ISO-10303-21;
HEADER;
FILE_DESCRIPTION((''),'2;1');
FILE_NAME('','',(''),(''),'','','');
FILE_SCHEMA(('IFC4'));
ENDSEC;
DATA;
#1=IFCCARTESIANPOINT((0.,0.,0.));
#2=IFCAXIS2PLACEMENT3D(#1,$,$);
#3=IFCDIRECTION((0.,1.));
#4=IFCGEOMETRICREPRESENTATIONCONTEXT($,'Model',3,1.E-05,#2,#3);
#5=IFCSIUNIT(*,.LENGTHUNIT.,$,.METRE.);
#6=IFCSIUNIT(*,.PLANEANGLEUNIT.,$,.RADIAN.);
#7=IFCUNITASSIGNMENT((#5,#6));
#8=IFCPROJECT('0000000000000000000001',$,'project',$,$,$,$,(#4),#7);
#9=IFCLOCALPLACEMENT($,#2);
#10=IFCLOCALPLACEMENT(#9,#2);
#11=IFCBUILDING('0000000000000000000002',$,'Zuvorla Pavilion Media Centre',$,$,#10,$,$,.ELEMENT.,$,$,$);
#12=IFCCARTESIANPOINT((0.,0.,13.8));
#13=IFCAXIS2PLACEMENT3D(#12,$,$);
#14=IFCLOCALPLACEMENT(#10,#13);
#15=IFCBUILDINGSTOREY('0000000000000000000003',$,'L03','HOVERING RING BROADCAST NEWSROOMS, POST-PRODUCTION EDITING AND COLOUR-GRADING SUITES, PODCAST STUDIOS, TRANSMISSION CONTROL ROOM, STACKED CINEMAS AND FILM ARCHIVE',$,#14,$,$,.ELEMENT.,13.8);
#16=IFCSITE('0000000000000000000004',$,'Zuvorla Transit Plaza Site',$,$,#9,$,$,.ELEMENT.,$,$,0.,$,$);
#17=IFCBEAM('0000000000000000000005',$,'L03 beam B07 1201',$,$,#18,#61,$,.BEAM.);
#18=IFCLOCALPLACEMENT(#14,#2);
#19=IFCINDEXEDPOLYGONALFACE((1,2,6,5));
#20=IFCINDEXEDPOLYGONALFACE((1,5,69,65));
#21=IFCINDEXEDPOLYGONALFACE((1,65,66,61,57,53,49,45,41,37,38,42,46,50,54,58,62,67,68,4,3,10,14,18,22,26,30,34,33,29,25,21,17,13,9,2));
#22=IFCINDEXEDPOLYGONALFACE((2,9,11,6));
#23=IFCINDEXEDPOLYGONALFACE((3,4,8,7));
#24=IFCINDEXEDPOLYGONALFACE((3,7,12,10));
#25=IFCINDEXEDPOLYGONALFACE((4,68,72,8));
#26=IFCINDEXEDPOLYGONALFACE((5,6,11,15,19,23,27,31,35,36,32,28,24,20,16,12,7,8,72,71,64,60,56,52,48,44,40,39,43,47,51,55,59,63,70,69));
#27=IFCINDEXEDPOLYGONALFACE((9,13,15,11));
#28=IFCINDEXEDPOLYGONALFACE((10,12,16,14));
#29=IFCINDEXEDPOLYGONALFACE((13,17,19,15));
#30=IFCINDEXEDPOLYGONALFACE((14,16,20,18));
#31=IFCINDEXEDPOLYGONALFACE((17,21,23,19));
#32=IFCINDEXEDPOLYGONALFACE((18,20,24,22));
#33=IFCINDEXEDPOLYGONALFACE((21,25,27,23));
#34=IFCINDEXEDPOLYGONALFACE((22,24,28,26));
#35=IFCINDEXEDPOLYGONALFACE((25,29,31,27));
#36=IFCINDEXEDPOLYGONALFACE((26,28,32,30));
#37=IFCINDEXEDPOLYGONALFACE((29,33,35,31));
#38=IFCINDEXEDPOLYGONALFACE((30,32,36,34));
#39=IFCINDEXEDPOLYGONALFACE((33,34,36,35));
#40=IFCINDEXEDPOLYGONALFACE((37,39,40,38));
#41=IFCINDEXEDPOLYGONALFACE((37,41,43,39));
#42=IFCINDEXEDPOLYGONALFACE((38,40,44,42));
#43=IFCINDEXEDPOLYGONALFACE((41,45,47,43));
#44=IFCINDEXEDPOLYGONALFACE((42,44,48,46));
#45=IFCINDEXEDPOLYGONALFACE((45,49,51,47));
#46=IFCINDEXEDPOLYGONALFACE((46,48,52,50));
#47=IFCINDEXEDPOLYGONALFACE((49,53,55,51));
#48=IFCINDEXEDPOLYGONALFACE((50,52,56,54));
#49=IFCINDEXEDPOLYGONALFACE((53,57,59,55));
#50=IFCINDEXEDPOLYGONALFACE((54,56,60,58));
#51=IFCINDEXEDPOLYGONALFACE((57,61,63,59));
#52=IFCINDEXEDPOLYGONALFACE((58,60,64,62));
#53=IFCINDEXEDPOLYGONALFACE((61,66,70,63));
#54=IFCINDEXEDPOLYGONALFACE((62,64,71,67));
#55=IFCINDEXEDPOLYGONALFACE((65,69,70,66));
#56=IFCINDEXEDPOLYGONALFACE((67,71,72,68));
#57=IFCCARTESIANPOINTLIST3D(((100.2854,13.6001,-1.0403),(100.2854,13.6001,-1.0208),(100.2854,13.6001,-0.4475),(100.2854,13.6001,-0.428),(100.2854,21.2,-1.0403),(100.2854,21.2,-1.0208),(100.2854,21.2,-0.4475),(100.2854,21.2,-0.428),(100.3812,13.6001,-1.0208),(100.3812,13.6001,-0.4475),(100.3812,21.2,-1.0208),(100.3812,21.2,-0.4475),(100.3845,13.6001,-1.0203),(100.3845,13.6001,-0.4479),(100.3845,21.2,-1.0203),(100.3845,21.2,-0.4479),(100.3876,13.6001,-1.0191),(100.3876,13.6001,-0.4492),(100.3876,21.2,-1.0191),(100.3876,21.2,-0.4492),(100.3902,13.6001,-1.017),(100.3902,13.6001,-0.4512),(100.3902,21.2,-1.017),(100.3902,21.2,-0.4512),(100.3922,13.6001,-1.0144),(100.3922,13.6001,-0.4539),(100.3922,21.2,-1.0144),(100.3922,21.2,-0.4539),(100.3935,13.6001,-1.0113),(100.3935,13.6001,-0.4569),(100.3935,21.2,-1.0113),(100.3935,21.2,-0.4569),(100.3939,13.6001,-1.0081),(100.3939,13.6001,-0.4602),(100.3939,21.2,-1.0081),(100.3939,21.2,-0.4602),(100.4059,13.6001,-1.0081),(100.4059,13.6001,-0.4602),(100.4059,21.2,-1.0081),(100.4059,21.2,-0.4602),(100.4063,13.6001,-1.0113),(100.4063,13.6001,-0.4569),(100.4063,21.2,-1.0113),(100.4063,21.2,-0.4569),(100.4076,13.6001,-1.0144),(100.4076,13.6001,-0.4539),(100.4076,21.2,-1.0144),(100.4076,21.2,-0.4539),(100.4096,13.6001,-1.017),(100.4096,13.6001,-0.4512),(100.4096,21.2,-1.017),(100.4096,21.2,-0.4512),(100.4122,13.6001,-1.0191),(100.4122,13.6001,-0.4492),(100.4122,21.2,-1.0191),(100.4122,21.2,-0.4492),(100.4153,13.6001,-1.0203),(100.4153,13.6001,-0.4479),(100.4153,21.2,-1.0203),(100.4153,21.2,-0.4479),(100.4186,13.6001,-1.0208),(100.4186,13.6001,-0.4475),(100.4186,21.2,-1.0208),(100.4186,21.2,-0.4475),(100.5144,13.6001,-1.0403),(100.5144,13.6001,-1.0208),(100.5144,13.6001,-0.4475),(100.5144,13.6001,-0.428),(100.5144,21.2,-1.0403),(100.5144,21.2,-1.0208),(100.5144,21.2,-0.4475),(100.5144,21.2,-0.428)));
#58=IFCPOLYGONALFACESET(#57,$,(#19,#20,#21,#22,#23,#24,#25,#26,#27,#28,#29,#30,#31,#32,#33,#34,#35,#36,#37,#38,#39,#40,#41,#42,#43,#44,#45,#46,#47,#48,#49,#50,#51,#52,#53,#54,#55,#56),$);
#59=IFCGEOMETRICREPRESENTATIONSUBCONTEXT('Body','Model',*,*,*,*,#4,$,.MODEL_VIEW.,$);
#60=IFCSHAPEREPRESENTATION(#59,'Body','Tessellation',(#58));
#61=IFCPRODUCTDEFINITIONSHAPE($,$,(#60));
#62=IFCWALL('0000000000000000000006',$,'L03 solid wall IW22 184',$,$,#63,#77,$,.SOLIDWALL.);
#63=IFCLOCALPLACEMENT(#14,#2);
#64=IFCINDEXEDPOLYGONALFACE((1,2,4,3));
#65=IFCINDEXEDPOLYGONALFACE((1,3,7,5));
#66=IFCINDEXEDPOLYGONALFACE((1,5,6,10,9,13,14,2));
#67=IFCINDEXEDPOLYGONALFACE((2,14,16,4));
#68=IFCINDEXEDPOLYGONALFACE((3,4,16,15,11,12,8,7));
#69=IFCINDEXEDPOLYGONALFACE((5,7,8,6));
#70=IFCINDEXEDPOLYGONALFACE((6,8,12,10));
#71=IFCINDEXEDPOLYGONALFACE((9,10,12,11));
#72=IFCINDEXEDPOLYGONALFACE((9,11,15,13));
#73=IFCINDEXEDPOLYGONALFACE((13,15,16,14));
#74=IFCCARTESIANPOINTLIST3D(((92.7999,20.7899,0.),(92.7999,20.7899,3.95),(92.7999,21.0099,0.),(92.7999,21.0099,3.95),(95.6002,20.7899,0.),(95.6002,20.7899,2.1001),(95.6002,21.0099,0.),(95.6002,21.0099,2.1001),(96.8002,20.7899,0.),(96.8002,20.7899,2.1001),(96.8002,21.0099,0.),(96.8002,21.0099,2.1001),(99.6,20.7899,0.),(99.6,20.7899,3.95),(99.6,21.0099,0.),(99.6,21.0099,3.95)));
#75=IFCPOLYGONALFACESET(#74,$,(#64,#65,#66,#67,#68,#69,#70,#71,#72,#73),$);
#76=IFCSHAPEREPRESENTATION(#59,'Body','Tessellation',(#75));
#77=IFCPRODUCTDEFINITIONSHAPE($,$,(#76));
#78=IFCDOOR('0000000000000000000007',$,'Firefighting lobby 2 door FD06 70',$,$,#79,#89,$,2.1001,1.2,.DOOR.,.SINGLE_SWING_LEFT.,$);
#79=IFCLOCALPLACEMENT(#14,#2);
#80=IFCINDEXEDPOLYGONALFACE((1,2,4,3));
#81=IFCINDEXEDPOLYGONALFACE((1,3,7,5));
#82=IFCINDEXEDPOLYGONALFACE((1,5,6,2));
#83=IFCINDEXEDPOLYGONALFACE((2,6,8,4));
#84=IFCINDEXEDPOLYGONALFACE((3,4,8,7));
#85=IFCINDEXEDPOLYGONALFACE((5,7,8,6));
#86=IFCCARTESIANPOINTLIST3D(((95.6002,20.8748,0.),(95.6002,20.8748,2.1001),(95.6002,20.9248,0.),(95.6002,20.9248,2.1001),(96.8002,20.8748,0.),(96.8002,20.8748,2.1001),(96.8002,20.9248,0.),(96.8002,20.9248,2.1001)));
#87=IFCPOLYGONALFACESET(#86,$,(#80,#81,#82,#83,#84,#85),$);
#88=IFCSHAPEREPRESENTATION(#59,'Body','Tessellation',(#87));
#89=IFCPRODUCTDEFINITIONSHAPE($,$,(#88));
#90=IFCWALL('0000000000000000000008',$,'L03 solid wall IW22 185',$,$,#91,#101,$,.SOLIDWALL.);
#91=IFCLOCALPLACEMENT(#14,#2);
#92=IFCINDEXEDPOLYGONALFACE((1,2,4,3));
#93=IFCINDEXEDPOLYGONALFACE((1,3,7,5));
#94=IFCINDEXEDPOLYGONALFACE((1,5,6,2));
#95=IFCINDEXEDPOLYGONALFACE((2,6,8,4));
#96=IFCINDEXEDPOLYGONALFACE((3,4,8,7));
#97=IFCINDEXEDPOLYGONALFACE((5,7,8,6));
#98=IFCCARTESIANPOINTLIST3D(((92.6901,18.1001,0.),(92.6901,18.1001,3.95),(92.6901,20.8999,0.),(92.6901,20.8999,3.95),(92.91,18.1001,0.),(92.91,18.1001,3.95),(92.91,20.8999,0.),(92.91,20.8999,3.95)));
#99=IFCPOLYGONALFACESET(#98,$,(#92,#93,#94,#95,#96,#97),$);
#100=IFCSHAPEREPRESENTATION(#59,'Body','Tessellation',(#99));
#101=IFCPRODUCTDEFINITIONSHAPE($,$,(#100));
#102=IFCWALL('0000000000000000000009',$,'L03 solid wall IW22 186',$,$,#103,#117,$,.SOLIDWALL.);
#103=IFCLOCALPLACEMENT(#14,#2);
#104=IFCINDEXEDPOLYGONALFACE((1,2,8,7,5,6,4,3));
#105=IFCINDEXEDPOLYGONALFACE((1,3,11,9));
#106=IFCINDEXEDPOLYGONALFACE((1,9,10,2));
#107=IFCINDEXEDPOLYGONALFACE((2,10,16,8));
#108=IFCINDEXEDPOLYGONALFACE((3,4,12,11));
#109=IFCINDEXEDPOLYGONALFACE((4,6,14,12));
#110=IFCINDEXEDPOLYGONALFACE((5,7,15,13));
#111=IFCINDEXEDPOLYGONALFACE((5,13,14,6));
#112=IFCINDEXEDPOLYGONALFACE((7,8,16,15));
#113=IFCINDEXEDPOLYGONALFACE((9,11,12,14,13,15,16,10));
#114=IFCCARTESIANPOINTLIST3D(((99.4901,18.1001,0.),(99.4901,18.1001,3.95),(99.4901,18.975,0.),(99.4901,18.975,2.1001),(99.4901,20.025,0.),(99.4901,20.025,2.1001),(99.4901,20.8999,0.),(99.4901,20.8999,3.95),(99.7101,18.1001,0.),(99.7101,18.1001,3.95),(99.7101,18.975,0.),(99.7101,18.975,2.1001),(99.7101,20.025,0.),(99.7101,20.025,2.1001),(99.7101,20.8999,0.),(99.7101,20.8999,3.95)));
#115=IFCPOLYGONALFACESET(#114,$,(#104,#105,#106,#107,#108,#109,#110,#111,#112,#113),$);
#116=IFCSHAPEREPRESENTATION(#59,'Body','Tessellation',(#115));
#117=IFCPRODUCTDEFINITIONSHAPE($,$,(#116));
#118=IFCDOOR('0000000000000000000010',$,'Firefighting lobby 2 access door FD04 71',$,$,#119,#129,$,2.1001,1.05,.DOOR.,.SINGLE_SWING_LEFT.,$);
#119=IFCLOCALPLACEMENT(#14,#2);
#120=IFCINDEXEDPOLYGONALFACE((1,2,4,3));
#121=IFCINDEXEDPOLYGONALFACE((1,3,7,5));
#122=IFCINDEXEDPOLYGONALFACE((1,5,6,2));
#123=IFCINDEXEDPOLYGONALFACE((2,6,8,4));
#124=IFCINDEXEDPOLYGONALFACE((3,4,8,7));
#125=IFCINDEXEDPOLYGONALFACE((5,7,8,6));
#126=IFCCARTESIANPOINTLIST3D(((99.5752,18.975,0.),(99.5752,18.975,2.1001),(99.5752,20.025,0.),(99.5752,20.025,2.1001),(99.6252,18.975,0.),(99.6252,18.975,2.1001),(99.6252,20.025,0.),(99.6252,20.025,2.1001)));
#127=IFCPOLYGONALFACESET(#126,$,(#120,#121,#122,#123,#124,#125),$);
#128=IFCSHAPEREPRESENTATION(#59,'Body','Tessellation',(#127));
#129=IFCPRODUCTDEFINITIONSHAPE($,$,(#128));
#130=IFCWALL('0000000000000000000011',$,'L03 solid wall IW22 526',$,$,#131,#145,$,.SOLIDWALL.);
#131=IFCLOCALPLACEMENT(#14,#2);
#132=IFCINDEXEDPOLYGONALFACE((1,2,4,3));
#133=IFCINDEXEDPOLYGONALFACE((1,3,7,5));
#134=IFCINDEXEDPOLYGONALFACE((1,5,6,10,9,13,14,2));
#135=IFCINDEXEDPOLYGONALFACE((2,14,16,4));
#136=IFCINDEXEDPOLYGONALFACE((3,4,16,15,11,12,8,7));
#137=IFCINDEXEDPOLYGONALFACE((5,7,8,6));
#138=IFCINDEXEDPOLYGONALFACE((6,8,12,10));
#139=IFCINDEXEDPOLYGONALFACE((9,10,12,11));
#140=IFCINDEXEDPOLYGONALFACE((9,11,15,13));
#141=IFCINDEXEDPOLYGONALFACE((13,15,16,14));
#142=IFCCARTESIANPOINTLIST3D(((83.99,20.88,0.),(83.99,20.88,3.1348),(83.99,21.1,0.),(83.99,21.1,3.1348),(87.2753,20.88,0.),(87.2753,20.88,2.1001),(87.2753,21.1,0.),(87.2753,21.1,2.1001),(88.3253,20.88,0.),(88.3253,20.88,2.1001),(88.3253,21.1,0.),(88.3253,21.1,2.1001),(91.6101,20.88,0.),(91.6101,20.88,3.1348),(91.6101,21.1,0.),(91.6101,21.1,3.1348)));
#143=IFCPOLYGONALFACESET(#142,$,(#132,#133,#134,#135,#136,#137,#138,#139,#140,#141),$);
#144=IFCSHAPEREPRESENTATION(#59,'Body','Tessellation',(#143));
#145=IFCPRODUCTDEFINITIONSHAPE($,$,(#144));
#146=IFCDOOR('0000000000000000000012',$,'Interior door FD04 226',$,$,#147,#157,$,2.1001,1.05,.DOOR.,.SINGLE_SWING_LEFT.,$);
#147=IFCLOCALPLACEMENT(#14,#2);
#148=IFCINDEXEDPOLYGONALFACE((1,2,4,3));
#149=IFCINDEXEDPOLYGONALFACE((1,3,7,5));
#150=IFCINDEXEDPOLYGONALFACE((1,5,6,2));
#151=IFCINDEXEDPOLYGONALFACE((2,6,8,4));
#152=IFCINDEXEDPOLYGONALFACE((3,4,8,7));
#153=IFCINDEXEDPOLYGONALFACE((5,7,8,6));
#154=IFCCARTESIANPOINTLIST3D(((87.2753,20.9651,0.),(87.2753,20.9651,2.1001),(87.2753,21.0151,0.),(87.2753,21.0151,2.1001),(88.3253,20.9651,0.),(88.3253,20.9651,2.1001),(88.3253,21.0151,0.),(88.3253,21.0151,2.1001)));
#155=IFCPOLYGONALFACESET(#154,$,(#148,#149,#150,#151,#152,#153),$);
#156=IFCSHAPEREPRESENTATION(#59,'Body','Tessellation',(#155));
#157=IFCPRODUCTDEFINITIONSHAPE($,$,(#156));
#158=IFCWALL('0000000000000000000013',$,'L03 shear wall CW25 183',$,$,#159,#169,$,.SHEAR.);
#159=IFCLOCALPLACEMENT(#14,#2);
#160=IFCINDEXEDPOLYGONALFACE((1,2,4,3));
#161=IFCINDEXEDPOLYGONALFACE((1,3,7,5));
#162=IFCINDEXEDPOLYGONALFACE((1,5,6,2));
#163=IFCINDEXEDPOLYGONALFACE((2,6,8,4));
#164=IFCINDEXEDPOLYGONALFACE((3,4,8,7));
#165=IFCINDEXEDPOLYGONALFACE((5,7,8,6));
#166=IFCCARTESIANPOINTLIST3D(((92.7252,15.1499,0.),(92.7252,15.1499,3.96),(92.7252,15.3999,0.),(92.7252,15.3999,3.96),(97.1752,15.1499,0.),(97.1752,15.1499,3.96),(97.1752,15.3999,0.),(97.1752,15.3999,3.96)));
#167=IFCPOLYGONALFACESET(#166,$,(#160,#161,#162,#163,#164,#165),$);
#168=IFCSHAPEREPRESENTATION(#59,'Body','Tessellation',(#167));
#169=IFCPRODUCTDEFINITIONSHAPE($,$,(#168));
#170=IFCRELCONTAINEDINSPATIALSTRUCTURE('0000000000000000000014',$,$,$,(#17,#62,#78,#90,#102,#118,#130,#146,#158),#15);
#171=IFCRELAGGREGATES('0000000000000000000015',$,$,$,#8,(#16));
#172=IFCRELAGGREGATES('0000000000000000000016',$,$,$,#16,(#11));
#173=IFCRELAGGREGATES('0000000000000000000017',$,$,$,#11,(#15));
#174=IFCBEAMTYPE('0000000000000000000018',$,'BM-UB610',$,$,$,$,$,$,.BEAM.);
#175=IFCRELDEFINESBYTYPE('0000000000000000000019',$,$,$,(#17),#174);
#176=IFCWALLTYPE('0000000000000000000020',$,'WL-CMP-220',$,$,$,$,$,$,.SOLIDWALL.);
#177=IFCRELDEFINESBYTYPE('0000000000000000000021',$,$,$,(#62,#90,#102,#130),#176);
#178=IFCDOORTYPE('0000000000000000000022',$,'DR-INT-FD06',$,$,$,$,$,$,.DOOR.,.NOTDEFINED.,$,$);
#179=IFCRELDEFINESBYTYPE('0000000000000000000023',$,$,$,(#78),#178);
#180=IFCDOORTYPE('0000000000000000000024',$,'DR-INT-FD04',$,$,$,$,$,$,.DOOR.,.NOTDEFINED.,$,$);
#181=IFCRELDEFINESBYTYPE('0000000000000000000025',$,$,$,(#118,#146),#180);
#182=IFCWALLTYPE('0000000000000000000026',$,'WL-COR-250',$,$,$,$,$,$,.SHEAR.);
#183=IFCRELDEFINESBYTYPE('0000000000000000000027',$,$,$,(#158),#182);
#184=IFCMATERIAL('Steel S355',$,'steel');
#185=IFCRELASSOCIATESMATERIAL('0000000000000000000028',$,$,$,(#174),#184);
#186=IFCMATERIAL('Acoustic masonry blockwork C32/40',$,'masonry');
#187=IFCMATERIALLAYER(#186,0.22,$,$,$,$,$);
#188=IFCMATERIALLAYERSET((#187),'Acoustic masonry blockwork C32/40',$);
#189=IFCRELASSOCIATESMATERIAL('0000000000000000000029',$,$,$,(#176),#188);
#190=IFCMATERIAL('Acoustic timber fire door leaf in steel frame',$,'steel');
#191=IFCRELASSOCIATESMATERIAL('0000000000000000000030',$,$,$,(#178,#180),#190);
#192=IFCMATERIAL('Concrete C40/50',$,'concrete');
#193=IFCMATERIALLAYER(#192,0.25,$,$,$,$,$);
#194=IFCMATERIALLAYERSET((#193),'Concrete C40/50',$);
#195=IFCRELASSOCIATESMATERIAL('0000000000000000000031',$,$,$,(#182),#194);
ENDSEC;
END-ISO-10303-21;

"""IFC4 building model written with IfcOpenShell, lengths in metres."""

from ifc_helpers import new_model, si_unit, direction, frame, frame_2d, origin, origin_2d, place, context, subcontext, project, spatial, rectangle, i_section, extrude, material, layer, layer_set, material_profile, profile_set, type_object, element, fill, save


model = new_model("IFC4")

# Units and contexts
model_context = context("Model", 3, precision=1e-05, world=origin(), true_north=direction((0.0, 1.0)))
body_context = subcontext(model_context, "Body", "Model", "MODEL_VIEW")
ifc_project = project(units=[si_unit("LENGTHUNIT", "METRE"), si_unit("PLANEANGLEUNIT", "RADIAN")], contexts=[model_context])

# Site, building, storey
site_placement = place(None, origin())
site = spatial("IfcSite", under=ifc_project, at=site_placement, Name="Zuvorla Transit Plaza Site", CompositionType="ELEMENT", RefElevation=0.0)
building_placement = place(site_placement, origin())
building = spatial("IfcBuilding", under=site, at=building_placement, Name="Zuvorla Pavilion Media Centre", CompositionType="ELEMENT")
storey_placement = place(building_placement, frame((0.0, 0.0, 13.8)))
storey = spatial("IfcBuildingStorey", under=building, at=storey_placement, Name="L03", Description="HOVERING RING BROADCAST NEWSROOMS, POST-PRODUCTION EDITING AND COLOUR-GRADING SUITES, PODCAST STUDIOS, TRANSMISSION CONTROL ROOM, STACKED CINEMAS AND FILM ARCHIVE", CompositionType="ELEMENT", Elevation=13.8)

# Shared definitions
ifc_material_1 = material(Name="Concrete C40/50", Category="concrete")

# Beam
ifc_material_2 = material(Name="Steel S355", Category="steel")
ifc_material_profile_1 = material_profile(ifc_material_2, i_section(OverallWidth=0.229, OverallDepth=0.6123, WebThickness=0.012, FlangeThickness=0.0195, FilletRadius=0.0127, at=origin_2d()), Name="UB 610x229x125")
ifc_profile_set_1 = profile_set([ifc_material_profile_1], Name="Steel S355")
beam_type_1 = type_object("IfcBeamType", Name="BM-UB610", PredefinedType="BEAM", material=ifc_profile_set_1)
for number, where, z_axis, x_axis, name in (
    (1, (100.3999, 13.6001, -0.7341), (0.0, 1.0, 0.0), (-1.0, 0.0, 0.0), "L03 beam B07 1201"),
):
    element("IfcBeam", number, at=place(storey_placement, frame(where, z_axis=z_axis, x_axis=x_axis)), inside=storey, type_object=beam_type_1, Name=name, PredefinedType="BEAM", context=body_context, shape_type="SweptSolid", body=[
        extrude(i_section(OverallWidth=0.229, OverallDepth=0.6123, WebThickness=0.012, FlangeThickness=0.0195, FilletRadius=0.0127, at=origin_2d()), origin(), (0.0, 0.0, 1.0), 7.5999),
    ])

# Wall, opening, door
ifc_material_3 = material(Name="Acoustic masonry blockwork C32/40", Category="masonry")
ifc_layer_1 = layer(ifc_material_3, 0.22)
ifc_layer_set_1 = layer_set([ifc_layer_1], Name="Acoustic masonry blockwork C32/40")
wall_type_1 = type_object("IfcWallType", Name="WL-CMP-220", PredefinedType="SOLIDWALL", material=ifc_layer_set_1)
wall_1_placement = place(storey_placement, frame((92.8, 20.8999, 0.0), z_axis=(0.0, 0.0, 1.0), x_axis=(1.0, 0.0, 0.0)))
wall_1 = element("IfcWall", 2, at=wall_1_placement, inside=storey, type_object=wall_type_1, Name="L03 solid wall IW22 184", PredefinedType="SOLIDWALL", context=body_context, shape_type="SweptSolid", body=[
    extrude(rectangle(XDim=6.8, YDim=0.22, at=frame_2d((3.3999, 0.0))), origin(), (0.0, 0.0, 1.0), 3.95),
])
opening_1_placement = place(wall_1_placement, frame((2.8, 0.0, 0.0)))
opening_1 = element("IfcOpeningElement", 3, at=opening_1_placement, cuts=wall_1, PredefinedType="OPENING", context=body_context, shape_type="SweptSolid", body=[
    extrude(rectangle(XDim=1.2, YDim=2.1001, at=frame_2d((0.6001, 1.05))), frame((0.0, 0.1199, 0.0), z_axis=(0.0, -1.0, 0.0), x_axis=(1.0, 0.0, 0.0)), (0.0, 0.0, 1.0), 0.24),
])
ifc_material_4 = material(Name="Acoustic timber fire door leaf in steel frame", Category="steel")
door_type_1 = type_object("IfcDoorType", Name="DR-INT-FD06", OperationType="NOTDEFINED", PredefinedType="DOOR", material=ifc_material_4)
door_1_placement = place(opening_1_placement, origin())
door_1 = element("IfcDoor", 4, at=door_1_placement, inside=storey, type_object=door_type_1, Name="Firefighting lobby 2 door FD06 70", OperationType="SINGLE_SWING_LEFT", OverallHeight=2.1001, OverallWidth=1.2, PredefinedType="DOOR", context=body_context, shape_type="SweptSolid", body=[
    extrude(rectangle(XDim=1.2, YDim=2.1001, at=frame_2d((0.6001, 1.05))), frame((0.0, 0.0249, 0.0), z_axis=(0.0, -1.0, 0.0), x_axis=(1.0, 0.0, 0.0)), (0.0, 0.0, 1.0), 0.05),
])
fill(opening_1, door_1)

# Wall
wall_2_placement = place(storey_placement, frame((92.8, 18.1001, 0.0), z_axis=(0.0, 0.0, 1.0), x_axis=(0.0, 1.0, 0.0)))
element("IfcWall", 5, at=wall_2_placement, inside=storey, type_object=wall_type_1, Name="L03 solid wall IW22 185", PredefinedType="SOLIDWALL", context=body_context, shape_type="SweptSolid", body=[
    extrude(rectangle(XDim=2.7998, YDim=0.22, at=frame_2d((1.3999, 0.0))), origin(), (0.0, 0.0, 1.0), 3.95),
])

# Walls, openings, doors
wall_3_placement = place(storey_placement, frame((99.6001, 18.1001, 0.0), z_axis=(0.0, 0.0, 1.0), x_axis=(0.0, 1.0, 0.0)))
wall_3 = element("IfcWall", 6, at=wall_3_placement, inside=storey, type_object=wall_type_1, Name="L03 solid wall IW22 186", PredefinedType="SOLIDWALL", context=body_context, shape_type="SweptSolid", body=[
    extrude(rectangle(XDim=2.7998, YDim=0.22, at=frame_2d((1.3999, 0.0))), origin(), (0.0, 0.0, 1.0), 3.95),
])
opening_2_placement = place(wall_3_placement, frame((0.875, 0.0, 0.0)))
opening_2 = element("IfcOpeningElement", 7, at=opening_2_placement, cuts=wall_3, PredefinedType="OPENING", context=body_context, shape_type="SweptSolid", body=[
    extrude(rectangle(XDim=1.05, YDim=2.1001, at=frame_2d((0.5249, 1.05))), frame((0.0, 0.1199, 0.0), z_axis=(0.0, -1.0, 0.0), x_axis=(1.0, 0.0, 0.0)), (0.0, 0.0, 1.0), 0.24),
])
door_type_2 = type_object("IfcDoorType", Name="DR-INT-FD04", OperationType="NOTDEFINED", PredefinedType="DOOR", material=ifc_material_4)
door_2_placement = place(opening_2_placement, origin())
door_2 = element("IfcDoor", 8, at=door_2_placement, inside=storey, type_object=door_type_2, Name="Firefighting lobby 2 access door FD04 71", OperationType="SINGLE_SWING_LEFT", OverallHeight=2.1001, OverallWidth=1.05, PredefinedType="DOOR", context=body_context, shape_type="SweptSolid", body=[
    extrude(rectangle(XDim=1.05, YDim=2.1001, at=frame_2d((0.5249, 1.05))), frame((0.0, 0.0249, 0.0), z_axis=(0.0, -1.0, 0.0), x_axis=(1.0, 0.0, 0.0)), (0.0, 0.0, 1.0), 0.05),
])
fill(opening_2, door_2)
wall_4_placement = place(storey_placement, frame((91.6101, 20.99, 0.0), z_axis=(0.0, 0.0, 1.0), x_axis=(-1.0, 0.0, 0.0)))
wall_4 = element("IfcWall", 9, at=wall_4_placement, inside=storey, type_object=wall_type_1, Name="L03 solid wall IW22 526", PredefinedType="SOLIDWALL", context=body_context, shape_type="SweptSolid", body=[
    extrude(rectangle(XDim=7.6201, YDim=0.22, at=frame_2d((3.8101, 0.0))), origin(), (0.0, 0.0, 1.0), 3.1348),
])
opening_3_placement = place(wall_4_placement, frame((3.2849, 0.0, 0.0)))
opening_3 = element("IfcOpeningElement", 10, at=opening_3_placement, cuts=wall_4, PredefinedType="OPENING", context=body_context, shape_type="SweptSolid", body=[
    extrude(rectangle(XDim=1.05, YDim=2.1001, at=frame_2d((0.5249, 1.05))), frame((0.0, 0.1199, 0.0), z_axis=(0.0, -1.0, 0.0), x_axis=(1.0, 0.0, 0.0)), (0.0, 0.0, 1.0), 0.24),
])
door_3_placement = place(opening_3_placement, origin())
door_3 = element("IfcDoor", 11, at=door_3_placement, inside=storey, type_object=door_type_2, Name="Interior door FD04 226", OperationType="SINGLE_SWING_LEFT", OverallHeight=2.1001, OverallWidth=1.05, PredefinedType="DOOR", context=body_context, shape_type="SweptSolid", body=[
    extrude(rectangle(XDim=1.05, YDim=2.1001, at=frame_2d((0.5249, 1.05))), frame((0.0, 0.0249, 0.0), z_axis=(0.0, -1.0, 0.0), x_axis=(1.0, 0.0, 0.0)), (0.0, 0.0, 1.0), 0.05),
])
fill(opening_3, door_3)

# Wall
ifc_layer_2 = layer(ifc_material_1, 0.25)
ifc_layer_set_2 = layer_set([ifc_layer_2], Name="Concrete C40/50")
wall_type_2 = type_object("IfcWallType", Name="WL-COR-250", PredefinedType="SHEAR", material=ifc_layer_set_2)
wall_5_placement = place(storey_placement, frame((92.7251, 15.2749, 0.0), z_axis=(0.0, 0.0, 1.0), x_axis=(1.0, 0.0, 0.0)))
element("IfcWall", 12, at=wall_5_placement, inside=storey, type_object=wall_type_2, Name="L03 shear wall CW25 183", PredefinedType="SHEAR", context=body_context, shape_type="SweptSolid", body=[
    extrude(rectangle(XDim=4.45, YDim=0.25, at=frame_2d((2.2251, 0.0))), origin(), (0.0, 0.0, 1.0), 3.96),
])

save(model, "model.ifc")
